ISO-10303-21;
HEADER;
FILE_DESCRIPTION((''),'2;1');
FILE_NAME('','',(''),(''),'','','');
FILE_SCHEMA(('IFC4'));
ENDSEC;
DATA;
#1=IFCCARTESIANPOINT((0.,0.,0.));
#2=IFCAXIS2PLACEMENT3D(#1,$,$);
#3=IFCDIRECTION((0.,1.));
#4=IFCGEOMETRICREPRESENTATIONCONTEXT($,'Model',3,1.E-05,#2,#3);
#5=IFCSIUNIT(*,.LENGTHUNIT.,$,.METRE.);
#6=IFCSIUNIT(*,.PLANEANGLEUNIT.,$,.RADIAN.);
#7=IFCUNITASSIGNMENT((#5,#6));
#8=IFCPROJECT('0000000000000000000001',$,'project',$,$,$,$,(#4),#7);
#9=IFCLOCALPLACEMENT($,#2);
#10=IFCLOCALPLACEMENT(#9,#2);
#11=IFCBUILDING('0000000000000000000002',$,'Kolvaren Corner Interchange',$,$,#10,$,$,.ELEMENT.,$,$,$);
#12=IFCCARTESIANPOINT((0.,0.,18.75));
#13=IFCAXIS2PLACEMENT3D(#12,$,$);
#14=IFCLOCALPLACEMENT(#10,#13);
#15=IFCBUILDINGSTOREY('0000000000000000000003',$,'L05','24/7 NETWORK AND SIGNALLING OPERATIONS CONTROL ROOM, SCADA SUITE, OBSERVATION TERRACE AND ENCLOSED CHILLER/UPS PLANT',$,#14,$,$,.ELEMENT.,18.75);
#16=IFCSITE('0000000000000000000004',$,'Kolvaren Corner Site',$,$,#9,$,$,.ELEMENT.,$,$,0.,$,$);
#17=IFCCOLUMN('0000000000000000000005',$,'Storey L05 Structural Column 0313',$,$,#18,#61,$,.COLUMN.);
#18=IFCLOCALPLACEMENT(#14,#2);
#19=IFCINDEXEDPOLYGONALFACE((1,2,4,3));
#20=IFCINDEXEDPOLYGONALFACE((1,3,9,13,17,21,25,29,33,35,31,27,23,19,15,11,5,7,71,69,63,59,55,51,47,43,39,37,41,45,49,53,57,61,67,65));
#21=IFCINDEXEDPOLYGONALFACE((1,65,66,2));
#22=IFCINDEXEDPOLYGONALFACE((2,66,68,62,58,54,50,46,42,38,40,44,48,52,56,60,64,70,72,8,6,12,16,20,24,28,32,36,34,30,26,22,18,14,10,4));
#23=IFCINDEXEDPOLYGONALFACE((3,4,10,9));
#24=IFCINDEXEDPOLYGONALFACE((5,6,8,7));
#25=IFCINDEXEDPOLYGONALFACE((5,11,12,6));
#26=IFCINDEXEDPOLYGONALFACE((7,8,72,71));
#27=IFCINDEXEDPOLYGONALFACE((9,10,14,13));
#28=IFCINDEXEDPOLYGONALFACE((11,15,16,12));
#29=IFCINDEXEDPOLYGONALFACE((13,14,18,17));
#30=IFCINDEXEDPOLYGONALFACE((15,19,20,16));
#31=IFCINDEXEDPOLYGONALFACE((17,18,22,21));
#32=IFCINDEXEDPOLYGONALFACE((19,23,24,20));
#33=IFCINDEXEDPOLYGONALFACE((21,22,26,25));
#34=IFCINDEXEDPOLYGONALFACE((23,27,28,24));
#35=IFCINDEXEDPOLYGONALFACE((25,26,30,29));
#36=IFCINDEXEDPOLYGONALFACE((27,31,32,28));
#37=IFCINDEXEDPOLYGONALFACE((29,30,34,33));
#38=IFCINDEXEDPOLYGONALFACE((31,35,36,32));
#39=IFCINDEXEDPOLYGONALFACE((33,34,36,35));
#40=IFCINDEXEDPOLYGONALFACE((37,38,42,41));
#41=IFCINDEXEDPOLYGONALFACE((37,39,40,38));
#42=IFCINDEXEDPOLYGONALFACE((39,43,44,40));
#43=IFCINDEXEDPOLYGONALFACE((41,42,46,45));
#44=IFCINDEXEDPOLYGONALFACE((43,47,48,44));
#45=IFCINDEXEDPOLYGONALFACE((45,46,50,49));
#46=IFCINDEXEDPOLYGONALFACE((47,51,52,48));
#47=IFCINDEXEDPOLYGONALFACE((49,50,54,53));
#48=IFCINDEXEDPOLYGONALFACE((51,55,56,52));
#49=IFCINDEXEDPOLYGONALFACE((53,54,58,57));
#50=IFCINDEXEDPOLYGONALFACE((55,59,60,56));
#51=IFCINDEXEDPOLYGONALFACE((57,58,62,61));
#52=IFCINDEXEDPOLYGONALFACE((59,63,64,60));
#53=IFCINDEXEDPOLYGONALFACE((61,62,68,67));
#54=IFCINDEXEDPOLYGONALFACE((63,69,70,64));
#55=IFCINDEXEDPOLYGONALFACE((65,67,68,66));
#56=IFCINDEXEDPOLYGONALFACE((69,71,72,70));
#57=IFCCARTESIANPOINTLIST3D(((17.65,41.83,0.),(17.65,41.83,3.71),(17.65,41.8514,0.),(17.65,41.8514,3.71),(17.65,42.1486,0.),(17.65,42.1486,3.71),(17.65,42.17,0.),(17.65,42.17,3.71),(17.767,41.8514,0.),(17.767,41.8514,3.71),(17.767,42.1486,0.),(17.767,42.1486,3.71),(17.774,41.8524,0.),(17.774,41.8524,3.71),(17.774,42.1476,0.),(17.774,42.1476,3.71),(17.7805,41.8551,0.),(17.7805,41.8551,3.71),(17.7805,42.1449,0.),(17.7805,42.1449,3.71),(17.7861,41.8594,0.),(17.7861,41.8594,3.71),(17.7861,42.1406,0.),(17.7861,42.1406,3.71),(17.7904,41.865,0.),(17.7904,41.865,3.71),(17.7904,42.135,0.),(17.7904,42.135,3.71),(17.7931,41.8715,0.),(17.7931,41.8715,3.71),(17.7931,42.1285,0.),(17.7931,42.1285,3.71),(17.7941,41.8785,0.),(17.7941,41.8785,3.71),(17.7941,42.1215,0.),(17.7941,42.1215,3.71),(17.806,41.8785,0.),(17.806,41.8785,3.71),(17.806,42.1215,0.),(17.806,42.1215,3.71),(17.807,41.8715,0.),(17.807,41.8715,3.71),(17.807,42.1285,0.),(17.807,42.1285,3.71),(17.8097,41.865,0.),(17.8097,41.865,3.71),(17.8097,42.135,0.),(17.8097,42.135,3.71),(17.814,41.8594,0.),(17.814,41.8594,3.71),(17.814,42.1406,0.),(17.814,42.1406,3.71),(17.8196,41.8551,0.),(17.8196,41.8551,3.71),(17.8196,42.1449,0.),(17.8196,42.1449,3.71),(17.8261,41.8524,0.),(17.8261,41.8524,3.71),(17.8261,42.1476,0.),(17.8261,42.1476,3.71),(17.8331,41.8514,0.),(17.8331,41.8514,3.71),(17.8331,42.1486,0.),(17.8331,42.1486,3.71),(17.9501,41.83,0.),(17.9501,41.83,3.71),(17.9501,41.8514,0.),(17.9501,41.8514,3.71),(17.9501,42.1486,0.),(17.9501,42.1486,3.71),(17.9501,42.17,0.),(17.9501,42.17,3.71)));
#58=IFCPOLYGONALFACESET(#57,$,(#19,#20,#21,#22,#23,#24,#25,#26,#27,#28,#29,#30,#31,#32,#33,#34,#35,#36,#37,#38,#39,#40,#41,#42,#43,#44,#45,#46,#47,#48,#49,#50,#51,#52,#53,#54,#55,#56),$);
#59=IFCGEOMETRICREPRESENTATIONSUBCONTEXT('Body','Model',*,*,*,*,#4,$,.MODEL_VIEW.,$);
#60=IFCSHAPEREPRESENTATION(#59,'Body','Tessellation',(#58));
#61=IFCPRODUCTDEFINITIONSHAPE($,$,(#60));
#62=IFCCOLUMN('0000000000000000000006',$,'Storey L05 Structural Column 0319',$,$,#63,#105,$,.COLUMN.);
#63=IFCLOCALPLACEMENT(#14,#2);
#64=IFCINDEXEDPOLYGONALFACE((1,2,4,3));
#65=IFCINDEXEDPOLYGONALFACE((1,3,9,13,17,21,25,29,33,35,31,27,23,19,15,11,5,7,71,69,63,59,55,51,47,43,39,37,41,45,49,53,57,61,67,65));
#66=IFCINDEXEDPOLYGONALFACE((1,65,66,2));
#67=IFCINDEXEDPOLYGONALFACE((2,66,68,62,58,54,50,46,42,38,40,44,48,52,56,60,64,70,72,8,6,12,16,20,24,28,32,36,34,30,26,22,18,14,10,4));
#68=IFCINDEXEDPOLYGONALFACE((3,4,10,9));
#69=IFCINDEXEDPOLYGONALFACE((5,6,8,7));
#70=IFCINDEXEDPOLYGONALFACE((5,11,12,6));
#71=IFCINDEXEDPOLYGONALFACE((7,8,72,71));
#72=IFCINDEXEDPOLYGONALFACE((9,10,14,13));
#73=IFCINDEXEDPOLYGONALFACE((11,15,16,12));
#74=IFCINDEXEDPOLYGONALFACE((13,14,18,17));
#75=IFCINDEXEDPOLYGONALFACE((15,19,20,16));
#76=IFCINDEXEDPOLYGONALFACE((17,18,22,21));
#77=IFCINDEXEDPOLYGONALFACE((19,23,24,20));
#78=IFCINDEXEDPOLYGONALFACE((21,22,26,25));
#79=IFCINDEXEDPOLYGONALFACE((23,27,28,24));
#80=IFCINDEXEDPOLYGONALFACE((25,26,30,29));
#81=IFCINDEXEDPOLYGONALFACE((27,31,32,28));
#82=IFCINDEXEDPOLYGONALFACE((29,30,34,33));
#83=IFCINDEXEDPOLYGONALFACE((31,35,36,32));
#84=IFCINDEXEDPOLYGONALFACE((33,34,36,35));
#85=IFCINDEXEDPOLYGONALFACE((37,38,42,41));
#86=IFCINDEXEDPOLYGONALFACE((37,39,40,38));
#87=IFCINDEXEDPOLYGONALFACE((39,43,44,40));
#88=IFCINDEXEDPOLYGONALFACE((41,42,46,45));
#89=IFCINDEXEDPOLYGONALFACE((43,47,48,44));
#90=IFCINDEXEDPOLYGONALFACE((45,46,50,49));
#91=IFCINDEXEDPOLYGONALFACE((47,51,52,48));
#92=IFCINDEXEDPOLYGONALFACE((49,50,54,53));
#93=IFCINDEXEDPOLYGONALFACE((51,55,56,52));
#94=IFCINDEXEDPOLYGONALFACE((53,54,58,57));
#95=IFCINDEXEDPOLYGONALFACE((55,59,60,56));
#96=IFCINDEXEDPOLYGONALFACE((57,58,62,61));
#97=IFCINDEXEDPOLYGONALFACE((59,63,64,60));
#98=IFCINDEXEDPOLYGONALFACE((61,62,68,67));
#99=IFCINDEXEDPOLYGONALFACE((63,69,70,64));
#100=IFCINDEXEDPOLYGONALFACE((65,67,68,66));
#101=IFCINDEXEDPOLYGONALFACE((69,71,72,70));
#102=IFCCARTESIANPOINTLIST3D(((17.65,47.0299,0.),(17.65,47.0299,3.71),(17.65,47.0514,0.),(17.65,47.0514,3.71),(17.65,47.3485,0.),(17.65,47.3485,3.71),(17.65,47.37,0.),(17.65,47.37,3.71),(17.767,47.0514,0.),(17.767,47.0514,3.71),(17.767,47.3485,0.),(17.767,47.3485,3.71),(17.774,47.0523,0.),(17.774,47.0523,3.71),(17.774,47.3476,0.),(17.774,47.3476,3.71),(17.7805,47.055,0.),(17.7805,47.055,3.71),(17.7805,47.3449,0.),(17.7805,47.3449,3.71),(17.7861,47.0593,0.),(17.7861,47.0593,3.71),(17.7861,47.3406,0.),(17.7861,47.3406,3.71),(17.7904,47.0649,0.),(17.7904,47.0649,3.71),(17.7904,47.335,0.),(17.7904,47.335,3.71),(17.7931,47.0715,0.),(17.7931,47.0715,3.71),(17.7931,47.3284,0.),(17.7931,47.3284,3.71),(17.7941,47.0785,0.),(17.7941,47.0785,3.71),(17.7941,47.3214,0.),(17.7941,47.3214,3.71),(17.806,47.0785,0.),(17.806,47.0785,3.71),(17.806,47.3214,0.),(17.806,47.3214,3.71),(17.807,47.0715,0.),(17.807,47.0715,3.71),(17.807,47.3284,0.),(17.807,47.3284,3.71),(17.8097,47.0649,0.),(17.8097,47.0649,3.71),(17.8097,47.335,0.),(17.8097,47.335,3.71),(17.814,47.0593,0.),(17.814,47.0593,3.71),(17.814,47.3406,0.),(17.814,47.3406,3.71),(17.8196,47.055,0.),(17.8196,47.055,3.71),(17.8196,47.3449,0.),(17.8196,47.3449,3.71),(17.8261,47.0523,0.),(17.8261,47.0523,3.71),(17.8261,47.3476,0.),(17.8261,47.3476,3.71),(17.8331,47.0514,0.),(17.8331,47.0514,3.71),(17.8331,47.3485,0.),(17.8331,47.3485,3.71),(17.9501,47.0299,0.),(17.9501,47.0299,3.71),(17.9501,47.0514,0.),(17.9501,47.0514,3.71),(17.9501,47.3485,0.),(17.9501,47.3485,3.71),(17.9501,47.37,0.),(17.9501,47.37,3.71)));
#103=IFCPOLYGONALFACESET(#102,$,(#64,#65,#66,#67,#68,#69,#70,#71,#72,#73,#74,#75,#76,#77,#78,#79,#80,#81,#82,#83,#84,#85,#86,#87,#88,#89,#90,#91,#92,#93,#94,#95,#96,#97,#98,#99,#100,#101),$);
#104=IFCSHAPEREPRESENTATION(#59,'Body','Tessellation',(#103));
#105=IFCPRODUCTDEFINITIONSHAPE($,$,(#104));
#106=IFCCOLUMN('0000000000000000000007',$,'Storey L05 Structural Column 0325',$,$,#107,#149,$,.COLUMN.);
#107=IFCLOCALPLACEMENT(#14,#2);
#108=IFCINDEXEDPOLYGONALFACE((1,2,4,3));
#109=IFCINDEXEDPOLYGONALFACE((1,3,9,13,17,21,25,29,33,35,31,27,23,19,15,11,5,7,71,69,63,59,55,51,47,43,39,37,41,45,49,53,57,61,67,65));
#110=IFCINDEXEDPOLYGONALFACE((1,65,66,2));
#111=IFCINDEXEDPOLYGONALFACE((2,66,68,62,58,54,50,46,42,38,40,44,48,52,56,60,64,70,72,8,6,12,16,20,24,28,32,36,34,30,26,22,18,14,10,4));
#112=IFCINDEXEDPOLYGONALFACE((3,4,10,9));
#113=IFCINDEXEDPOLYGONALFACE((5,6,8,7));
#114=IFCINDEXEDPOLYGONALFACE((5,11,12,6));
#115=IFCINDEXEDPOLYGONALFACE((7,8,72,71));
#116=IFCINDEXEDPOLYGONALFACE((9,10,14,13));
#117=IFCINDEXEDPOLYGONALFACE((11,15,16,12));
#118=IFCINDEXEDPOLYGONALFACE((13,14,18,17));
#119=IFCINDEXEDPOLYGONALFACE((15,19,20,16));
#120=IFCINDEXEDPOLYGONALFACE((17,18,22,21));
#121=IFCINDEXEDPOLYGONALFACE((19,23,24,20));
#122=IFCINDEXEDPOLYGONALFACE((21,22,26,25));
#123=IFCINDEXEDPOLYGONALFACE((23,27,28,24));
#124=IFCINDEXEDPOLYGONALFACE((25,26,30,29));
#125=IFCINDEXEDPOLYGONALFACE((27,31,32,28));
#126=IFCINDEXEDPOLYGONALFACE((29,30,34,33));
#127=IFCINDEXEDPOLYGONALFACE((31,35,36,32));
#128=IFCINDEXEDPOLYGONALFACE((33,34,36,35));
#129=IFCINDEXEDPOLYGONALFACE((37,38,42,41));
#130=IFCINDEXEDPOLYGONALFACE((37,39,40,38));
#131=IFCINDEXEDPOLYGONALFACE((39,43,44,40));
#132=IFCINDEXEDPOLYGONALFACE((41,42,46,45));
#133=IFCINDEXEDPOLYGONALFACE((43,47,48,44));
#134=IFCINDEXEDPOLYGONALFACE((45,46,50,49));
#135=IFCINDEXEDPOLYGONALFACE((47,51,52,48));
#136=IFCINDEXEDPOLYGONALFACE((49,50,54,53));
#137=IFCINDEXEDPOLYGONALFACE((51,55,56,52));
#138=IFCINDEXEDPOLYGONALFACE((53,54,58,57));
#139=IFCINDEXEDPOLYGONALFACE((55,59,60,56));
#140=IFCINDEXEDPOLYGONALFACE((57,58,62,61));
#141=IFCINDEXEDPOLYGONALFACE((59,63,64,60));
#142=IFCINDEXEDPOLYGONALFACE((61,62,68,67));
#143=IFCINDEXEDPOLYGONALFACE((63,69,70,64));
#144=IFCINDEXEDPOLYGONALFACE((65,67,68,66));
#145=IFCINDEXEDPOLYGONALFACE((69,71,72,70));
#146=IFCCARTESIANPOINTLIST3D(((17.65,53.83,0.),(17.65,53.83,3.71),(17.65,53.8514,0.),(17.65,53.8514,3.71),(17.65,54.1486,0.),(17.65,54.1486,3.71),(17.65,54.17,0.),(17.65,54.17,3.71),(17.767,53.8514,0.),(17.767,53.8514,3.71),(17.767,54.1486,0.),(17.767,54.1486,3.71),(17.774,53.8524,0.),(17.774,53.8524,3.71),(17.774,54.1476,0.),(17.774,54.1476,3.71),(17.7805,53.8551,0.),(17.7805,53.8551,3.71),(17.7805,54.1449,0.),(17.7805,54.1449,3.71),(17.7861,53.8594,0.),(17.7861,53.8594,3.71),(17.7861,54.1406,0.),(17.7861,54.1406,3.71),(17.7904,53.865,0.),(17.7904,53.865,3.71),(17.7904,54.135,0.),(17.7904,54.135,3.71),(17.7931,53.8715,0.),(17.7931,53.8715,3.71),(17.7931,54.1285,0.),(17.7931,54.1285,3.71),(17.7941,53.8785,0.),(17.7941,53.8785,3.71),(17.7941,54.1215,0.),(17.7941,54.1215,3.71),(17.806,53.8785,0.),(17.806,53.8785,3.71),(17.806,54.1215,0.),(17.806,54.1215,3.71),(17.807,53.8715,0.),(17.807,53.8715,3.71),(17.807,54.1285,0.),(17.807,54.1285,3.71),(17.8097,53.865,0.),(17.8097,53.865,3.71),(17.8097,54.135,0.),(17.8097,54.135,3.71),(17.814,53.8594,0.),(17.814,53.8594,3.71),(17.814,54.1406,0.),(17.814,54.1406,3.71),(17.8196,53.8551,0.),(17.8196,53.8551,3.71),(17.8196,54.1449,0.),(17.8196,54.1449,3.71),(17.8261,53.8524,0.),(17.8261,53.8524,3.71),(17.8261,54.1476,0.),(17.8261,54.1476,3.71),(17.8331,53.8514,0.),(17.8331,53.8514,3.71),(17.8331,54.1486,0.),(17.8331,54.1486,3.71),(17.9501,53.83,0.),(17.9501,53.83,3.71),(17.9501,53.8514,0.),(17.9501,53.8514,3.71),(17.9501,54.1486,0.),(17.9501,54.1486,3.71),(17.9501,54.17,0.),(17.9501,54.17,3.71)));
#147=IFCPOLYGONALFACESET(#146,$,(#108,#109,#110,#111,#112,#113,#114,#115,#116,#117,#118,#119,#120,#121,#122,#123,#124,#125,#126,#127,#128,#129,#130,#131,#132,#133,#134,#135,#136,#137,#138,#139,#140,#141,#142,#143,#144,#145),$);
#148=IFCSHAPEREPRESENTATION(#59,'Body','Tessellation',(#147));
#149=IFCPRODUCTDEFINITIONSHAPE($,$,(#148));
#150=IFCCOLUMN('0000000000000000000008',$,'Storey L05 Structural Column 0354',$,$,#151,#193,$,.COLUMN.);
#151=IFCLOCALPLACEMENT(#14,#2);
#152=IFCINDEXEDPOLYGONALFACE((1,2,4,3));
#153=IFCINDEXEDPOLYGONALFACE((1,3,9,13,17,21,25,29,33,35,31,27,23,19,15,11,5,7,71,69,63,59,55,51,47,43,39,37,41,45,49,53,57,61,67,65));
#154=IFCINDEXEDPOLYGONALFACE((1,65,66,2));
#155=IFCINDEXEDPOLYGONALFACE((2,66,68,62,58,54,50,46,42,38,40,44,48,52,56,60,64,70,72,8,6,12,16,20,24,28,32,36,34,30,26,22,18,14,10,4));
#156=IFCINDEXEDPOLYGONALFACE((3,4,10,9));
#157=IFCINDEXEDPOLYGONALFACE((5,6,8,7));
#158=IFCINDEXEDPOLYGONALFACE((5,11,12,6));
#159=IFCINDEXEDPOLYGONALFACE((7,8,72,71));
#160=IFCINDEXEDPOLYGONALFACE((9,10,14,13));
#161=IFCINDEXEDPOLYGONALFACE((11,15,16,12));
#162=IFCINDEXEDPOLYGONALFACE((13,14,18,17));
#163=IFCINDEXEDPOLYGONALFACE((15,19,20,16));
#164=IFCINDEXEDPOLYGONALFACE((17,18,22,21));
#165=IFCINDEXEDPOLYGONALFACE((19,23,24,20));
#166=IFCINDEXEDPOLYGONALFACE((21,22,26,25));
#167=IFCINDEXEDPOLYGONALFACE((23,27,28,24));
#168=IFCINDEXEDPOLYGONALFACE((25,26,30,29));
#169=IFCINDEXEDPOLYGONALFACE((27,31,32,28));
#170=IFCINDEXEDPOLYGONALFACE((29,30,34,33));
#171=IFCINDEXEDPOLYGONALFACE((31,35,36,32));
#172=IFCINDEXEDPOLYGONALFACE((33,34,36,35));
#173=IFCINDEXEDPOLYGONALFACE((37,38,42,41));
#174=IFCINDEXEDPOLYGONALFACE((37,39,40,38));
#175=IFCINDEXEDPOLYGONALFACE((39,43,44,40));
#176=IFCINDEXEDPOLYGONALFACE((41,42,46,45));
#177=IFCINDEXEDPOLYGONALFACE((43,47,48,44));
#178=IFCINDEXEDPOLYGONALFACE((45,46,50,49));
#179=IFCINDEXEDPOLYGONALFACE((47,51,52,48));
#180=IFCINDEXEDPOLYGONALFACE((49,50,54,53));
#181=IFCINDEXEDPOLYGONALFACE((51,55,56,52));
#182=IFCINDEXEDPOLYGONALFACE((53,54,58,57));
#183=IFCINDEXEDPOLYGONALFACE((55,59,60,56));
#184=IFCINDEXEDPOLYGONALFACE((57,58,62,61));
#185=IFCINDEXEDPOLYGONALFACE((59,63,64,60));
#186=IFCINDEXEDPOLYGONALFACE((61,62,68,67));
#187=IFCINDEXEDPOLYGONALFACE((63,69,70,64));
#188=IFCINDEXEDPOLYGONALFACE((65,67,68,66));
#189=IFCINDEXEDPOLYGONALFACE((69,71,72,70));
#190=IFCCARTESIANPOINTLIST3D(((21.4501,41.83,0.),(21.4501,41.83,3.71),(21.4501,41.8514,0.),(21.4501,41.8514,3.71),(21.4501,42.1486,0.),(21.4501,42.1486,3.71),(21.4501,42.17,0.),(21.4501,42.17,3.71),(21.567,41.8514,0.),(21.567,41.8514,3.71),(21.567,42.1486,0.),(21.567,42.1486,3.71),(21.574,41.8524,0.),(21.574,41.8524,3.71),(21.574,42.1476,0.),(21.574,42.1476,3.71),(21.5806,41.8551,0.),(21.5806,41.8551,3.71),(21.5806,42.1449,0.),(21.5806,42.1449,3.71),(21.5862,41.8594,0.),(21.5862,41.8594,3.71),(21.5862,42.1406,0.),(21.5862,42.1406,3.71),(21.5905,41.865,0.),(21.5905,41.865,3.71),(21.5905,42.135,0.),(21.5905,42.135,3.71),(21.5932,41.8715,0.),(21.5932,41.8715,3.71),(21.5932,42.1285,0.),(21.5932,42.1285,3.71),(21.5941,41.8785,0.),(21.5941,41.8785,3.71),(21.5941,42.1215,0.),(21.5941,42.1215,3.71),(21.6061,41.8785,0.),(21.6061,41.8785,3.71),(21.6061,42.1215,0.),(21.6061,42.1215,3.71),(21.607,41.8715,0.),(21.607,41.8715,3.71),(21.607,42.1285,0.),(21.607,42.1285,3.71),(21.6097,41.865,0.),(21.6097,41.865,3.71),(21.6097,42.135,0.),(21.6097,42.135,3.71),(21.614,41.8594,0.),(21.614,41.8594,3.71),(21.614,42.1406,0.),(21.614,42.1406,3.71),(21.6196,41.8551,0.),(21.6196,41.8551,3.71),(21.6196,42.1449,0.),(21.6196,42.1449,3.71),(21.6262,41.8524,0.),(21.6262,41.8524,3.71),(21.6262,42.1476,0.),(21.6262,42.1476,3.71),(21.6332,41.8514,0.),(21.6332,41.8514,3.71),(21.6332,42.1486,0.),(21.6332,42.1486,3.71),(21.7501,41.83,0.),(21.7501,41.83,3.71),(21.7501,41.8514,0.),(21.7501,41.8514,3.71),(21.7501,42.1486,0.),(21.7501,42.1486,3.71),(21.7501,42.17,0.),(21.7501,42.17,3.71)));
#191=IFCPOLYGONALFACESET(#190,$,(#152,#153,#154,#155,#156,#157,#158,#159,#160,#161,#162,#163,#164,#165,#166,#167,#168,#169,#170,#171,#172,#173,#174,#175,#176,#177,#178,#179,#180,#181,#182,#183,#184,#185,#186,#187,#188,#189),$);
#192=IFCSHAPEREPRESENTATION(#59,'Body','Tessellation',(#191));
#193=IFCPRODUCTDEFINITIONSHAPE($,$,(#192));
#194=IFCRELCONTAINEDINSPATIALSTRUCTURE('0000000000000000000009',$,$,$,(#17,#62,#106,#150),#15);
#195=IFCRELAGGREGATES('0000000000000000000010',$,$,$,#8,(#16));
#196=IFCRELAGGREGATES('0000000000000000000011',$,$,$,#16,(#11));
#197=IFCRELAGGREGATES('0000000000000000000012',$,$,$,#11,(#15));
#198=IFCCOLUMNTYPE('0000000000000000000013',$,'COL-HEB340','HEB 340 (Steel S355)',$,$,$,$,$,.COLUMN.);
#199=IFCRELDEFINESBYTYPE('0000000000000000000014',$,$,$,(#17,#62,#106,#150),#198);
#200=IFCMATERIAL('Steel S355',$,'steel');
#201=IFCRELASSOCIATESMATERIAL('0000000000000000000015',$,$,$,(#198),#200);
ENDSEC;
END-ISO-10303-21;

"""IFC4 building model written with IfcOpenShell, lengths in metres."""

from ifc_helpers import new_model, si_unit, direction, frame, origin, origin_2d, place, context, subcontext, project, spatial, i_section, extrude, material, material_profile, profile_set, type_object, element, save


model = new_model("IFC4")

# Units and contexts
model_context = context("Model", 3, precision=1e-05, world=origin(), true_north=direction((0.0, 1.0)))
body_context = subcontext(model_context, "Body", "Model", "MODEL_VIEW")
ifc_project = project(units=[si_unit("LENGTHUNIT", "METRE"), si_unit("PLANEANGLEUNIT", "RADIAN")], contexts=[model_context])

# Site, building, storey
site_placement = place(None, origin())
site = spatial("IfcSite", under=ifc_project, at=site_placement, Name="Kolvaren Corner Site", CompositionType="ELEMENT", RefElevation=0.0)
building_placement = place(site_placement, origin())
building = spatial("IfcBuilding", under=site, at=building_placement, Name="Kolvaren Corner Interchange", CompositionType="ELEMENT")
storey_placement = place(building_placement, frame((0.0, 0.0, 18.75)))
storey = spatial("IfcBuildingStorey", under=building, at=storey_placement, Name="L05", Description="24/7 NETWORK AND SIGNALLING OPERATIONS CONTROL ROOM, SCADA SUITE, OBSERVATION TERRACE AND ENCLOSED CHILLER/UPS PLANT", CompositionType="ELEMENT", Elevation=18.75)

# Columns
ifc_material_1 = material(Name="Steel S355", Category="steel")
ifc_material_profile_1 = material_profile(ifc_material_1, i_section(OverallWidth=0.3, OverallDepth=0.3401, WebThickness=0.012, FlangeThickness=0.0215, FilletRadius=0.0271, at=origin_2d()), Name="HEB 340")
ifc_profile_set_1 = profile_set([ifc_material_profile_1], Name="Steel S355")
column_type = type_object("IfcColumnType", Name="COL-HEB340", Description="HEB 340 (Steel S355)", PredefinedType="COLUMN", material=ifc_profile_set_1)
for number, where, z_axis, x_axis, name in (
    (1, (17.8, 42.0, 0.0), (0.0, 0.0, 1.0), (1.0, 0.0, 0.0), "Storey L05 Structural Column 0313"),
    (2, (17.8, 47.2, 0.0), (0.0, 0.0, 1.0), (1.0, 0.0, 0.0), "Storey L05 Structural Column 0319"),
    (3, (17.8, 54.0, 0.0), (0.0, 0.0, 1.0), (1.0, 0.0, 0.0), "Storey L05 Structural Column 0325"),
    (4, (21.6001, 42.0, 0.0), (0.0, 0.0, 1.0), (1.0, 0.0, 0.0), "Storey L05 Structural Column 0354"),
):
    element("IfcColumn", number, at=place(storey_placement, frame(where, z_axis=z_axis, x_axis=x_axis)), inside=storey, type_object=column_type, Name=name, PredefinedType="COLUMN", context=body_context, shape_type="SweptSolid", body=[
        extrude(i_section(OverallWidth=0.3, OverallDepth=0.3401, WebThickness=0.012, FlangeThickness=0.0215, FilletRadius=0.0271, at=origin_2d()), origin(), (0.0, 0.0, 1.0), 3.71),
    ])

save(model, "model.ifc")
